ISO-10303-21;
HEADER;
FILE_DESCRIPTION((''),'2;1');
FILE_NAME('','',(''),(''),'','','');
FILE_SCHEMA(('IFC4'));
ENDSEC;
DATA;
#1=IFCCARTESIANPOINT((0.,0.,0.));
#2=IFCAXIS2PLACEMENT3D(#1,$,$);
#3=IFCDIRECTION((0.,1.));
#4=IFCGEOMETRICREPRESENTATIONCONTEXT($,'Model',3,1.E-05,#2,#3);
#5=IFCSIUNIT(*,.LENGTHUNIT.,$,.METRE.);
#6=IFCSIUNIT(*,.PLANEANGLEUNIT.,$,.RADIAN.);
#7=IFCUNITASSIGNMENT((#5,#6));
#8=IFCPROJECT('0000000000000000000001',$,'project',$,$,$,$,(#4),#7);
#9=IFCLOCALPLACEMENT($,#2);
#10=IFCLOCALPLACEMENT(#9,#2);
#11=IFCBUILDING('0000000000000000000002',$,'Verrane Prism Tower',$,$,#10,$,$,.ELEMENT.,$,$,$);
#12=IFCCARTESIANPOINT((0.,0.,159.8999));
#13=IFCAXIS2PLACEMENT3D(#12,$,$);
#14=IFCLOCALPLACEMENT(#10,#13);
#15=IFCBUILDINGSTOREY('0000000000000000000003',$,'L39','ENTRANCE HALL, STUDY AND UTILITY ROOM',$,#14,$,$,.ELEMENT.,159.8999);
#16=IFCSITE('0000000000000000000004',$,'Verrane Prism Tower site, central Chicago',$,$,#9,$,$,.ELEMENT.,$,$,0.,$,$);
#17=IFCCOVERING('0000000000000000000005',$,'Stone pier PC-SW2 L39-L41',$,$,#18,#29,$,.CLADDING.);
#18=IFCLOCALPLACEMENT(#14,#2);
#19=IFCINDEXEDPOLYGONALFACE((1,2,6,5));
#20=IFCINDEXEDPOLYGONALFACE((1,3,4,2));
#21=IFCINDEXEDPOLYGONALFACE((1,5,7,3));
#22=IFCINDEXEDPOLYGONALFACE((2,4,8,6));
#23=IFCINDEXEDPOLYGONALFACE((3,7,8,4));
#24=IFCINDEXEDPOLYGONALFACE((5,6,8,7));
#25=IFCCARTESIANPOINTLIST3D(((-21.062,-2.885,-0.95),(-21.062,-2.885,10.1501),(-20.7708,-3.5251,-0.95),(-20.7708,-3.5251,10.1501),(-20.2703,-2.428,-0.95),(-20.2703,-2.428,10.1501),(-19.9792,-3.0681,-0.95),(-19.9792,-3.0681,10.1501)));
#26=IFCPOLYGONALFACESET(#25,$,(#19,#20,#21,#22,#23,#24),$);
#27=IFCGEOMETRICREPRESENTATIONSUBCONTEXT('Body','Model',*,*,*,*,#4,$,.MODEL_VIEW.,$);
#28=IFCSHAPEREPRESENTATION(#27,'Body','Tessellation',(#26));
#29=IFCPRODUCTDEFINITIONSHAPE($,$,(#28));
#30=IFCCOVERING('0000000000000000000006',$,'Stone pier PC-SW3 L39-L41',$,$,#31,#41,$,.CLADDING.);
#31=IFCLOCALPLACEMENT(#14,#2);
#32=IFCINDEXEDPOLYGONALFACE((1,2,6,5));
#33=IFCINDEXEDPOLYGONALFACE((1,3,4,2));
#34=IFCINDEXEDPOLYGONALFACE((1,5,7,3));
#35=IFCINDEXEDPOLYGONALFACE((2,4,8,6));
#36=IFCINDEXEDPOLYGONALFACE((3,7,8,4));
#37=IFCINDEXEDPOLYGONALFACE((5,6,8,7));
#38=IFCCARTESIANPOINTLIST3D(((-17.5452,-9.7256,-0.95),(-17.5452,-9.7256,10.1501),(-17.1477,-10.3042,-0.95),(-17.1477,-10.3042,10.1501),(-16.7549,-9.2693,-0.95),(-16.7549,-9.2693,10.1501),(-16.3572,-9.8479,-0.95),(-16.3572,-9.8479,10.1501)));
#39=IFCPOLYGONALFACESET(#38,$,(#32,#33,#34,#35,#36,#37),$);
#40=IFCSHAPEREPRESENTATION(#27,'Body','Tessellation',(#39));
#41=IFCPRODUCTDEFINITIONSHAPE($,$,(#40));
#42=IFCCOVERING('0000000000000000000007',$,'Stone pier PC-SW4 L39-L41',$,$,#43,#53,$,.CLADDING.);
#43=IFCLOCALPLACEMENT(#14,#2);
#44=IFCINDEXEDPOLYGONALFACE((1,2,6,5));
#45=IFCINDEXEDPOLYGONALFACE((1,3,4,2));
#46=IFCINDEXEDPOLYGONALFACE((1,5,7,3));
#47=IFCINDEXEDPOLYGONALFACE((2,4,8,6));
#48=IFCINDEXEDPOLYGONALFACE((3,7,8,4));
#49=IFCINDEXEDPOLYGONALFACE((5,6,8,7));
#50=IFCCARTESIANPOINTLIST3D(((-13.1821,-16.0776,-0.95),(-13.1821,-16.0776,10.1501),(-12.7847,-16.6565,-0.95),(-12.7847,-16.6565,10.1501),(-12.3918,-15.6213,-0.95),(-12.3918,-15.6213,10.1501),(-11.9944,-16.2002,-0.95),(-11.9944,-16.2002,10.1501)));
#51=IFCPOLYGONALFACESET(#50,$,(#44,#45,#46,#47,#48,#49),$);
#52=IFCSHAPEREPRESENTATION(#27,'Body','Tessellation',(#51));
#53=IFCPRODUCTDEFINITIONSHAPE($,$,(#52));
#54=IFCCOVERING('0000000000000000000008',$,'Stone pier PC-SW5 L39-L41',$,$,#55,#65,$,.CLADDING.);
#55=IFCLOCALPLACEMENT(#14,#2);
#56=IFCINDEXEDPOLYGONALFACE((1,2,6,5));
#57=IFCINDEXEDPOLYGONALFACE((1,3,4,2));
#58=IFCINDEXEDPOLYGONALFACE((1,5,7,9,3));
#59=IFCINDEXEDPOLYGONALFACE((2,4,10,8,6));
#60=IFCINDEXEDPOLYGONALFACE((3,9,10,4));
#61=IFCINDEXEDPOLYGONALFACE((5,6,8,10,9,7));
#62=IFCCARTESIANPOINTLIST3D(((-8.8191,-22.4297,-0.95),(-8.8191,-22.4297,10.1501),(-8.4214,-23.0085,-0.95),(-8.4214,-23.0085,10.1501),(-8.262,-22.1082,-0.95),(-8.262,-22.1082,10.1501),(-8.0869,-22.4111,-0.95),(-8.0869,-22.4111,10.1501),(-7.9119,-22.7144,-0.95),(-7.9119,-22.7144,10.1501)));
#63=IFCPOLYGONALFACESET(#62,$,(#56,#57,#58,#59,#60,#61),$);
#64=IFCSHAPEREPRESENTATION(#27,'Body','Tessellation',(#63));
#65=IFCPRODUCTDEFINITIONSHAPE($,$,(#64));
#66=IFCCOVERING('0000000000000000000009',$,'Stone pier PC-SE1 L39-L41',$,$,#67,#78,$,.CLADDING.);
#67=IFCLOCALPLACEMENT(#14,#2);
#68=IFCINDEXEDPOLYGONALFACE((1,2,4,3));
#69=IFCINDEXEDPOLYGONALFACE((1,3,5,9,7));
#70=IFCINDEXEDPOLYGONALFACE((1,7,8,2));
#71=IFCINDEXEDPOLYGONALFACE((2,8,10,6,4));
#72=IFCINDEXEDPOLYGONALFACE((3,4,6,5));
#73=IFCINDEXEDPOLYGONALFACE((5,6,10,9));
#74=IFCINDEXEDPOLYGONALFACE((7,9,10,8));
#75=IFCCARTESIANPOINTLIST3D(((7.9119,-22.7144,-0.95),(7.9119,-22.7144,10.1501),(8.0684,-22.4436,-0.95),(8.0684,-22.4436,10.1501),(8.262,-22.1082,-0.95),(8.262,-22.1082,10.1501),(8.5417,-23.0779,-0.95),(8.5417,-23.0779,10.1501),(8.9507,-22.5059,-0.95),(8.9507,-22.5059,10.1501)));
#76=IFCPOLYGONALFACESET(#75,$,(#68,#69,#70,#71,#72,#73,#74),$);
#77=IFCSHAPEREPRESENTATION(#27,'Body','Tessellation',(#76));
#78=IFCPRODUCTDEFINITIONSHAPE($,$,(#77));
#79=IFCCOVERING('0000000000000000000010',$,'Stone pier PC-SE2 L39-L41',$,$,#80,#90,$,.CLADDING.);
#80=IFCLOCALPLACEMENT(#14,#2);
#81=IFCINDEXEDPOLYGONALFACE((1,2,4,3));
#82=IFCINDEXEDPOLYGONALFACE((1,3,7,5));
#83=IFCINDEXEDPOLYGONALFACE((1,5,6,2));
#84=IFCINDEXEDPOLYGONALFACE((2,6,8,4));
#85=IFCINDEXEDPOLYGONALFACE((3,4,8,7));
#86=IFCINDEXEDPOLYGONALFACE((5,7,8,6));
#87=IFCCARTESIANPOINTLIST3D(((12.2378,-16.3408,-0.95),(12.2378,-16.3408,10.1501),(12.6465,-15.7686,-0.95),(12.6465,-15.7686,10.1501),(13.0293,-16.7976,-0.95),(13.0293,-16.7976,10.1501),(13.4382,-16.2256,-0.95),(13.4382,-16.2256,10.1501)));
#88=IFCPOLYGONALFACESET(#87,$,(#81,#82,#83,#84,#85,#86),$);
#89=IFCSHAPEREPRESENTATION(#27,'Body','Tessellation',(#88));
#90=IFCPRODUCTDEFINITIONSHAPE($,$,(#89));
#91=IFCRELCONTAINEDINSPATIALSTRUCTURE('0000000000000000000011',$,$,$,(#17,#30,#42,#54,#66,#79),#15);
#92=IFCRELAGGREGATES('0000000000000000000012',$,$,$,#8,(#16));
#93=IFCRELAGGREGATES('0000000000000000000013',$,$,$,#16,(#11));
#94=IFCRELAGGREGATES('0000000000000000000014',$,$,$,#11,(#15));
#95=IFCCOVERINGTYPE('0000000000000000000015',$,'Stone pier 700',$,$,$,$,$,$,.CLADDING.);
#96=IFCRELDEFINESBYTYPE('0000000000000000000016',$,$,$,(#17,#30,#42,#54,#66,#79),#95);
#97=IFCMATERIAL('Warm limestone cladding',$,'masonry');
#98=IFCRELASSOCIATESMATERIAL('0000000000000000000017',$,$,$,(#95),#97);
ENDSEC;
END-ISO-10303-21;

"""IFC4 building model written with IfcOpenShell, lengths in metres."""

from ifc_helpers import new_model, si_unit, direction, frame, origin, place, context, subcontext, project, spatial, polyline, outline, extrude, material, type_object, element, save


model = new_model("IFC4")

# Units and contexts
model_context = context("Model", 3, precision=1e-05, world=origin(), true_north=direction((0.0, 1.0)))
body_context = subcontext(model_context, "Body", "Model", "MODEL_VIEW")
ifc_project = project(units=[si_unit("LENGTHUNIT", "METRE"), si_unit("PLANEANGLEUNIT", "RADIAN")], contexts=[model_context])

# Site, building, storey
site_placement = place(None, origin())
site = spatial("IfcSite", under=ifc_project, at=site_placement, Name="Verrane Prism Tower site, central Chicago", CompositionType="ELEMENT", RefElevation=0.0)
building_placement = place(site_placement, origin())
building = spatial("IfcBuilding", under=site, at=building_placement, Name="Verrane Prism Tower", CompositionType="ELEMENT")
storey_placement = place(building_placement, frame((0.0, 0.0, 159.8999)))
storey = spatial("IfcBuildingStorey", under=building, at=storey_placement, Name="L39", Description="ENTRANCE HALL, STUDY AND UTILITY ROOM", CompositionType="ELEMENT", Elevation=159.8999)

# Coverings
ifc_material_1 = material(Name="Warm limestone cladding", Category="masonry")
covering_type = type_object("IfcCoveringType", Name="Stone pier 700", PredefinedType="CLADDING", material=ifc_material_1)
covering_1_placement = place(storey_placement, frame((0.0, 0.0, -0.95)))
element("IfcCovering", 1, at=covering_1_placement, inside=storey, type_object=covering_type, Name="Stone pier PC-SW2 L39-L41", PredefinedType="CLADDING", context=body_context, shape_type="SweptSolid", body=[
    extrude(outline(polyline([(-20.7708, -3.5251), (-19.9792, -3.0681), (-20.2703, -2.428), (-21.062, -2.885), (-20.7708, -3.5251)])), origin(), (0.0, 0.0, 1.0), 11.1001),
])
covering_2_placement = place(storey_placement, frame((0.0, 0.0, -0.95)))
element("IfcCovering", 2, at=covering_2_placement, inside=storey, type_object=covering_type, Name="Stone pier PC-SW3 L39-L41", PredefinedType="CLADDING", context=body_context, shape_type="SweptSolid", body=[
    extrude(outline(polyline([(-17.1477, -10.3042), (-16.3572, -9.8479), (-16.7549, -9.2693), (-17.5452, -9.7256), (-17.1477, -10.3042)])), origin(), (0.0, 0.0, 1.0), 11.1001),
])
covering_3_placement = place(storey_placement, frame((0.0, 0.0, -0.95)))
element("IfcCovering", 3, at=covering_3_placement, inside=storey, type_object=covering_type, Name="Stone pier PC-SW4 L39-L41", PredefinedType="CLADDING", context=body_context, shape_type="SweptSolid", body=[
    extrude(outline(polyline([(-12.7847, -16.6565), (-11.9944, -16.2002), (-12.3918, -15.6213), (-13.1821, -16.0776), (-12.7847, -16.6565)])), origin(), (0.0, 0.0, 1.0), 11.1001),
])
covering_4_placement = place(storey_placement, frame((0.0, 0.0, -0.95)))
element("IfcCovering", 4, at=covering_4_placement, inside=storey, type_object=covering_type, Name="Stone pier PC-SW5 L39-L41", PredefinedType="CLADDING", context=body_context, shape_type="SweptSolid", body=[
    extrude(outline(polyline([(-7.9119, -22.7144), (-8.0869, -22.4111), (-8.262, -22.1082), (-8.8191, -22.4297), (-8.4214, -23.0085), (-7.9119, -22.7144)])), origin(), (0.0, 0.0, 1.0), 11.1001),
])
covering_5_placement = place(storey_placement, frame((0.0, 0.0, -0.95)))
element("IfcCovering", 5, at=covering_5_placement, inside=storey, type_object=covering_type, Name="Stone pier PC-SE1 L39-L41", PredefinedType="CLADDING", context=body_context, shape_type="SweptSolid", body=[
    extrude(outline(polyline([(8.262, -22.1082), (8.0684, -22.4436), (7.9119, -22.7144), (8.5417, -23.0779), (8.9507, -22.5059), (8.262, -22.1082)])), origin(), (0.0, 0.0, 1.0), 11.1001),
])
covering_6_placement = place(storey_placement, frame((0.0, 0.0, -0.95)))
element("IfcCovering", 6, at=covering_6_placement, inside=storey, type_object=covering_type, Name="Stone pier PC-SE2 L39-L41", PredefinedType="CLADDING", context=body_context, shape_type="SweptSolid", body=[
    extrude(outline(polyline([(13.4382, -16.2256), (12.6465, -15.7686), (12.2378, -16.3408), (13.0293, -16.7976), (13.4382, -16.2256)])), origin(), (0.0, 0.0, 1.0), 11.1001),
])

save(model, "model.ifc")
